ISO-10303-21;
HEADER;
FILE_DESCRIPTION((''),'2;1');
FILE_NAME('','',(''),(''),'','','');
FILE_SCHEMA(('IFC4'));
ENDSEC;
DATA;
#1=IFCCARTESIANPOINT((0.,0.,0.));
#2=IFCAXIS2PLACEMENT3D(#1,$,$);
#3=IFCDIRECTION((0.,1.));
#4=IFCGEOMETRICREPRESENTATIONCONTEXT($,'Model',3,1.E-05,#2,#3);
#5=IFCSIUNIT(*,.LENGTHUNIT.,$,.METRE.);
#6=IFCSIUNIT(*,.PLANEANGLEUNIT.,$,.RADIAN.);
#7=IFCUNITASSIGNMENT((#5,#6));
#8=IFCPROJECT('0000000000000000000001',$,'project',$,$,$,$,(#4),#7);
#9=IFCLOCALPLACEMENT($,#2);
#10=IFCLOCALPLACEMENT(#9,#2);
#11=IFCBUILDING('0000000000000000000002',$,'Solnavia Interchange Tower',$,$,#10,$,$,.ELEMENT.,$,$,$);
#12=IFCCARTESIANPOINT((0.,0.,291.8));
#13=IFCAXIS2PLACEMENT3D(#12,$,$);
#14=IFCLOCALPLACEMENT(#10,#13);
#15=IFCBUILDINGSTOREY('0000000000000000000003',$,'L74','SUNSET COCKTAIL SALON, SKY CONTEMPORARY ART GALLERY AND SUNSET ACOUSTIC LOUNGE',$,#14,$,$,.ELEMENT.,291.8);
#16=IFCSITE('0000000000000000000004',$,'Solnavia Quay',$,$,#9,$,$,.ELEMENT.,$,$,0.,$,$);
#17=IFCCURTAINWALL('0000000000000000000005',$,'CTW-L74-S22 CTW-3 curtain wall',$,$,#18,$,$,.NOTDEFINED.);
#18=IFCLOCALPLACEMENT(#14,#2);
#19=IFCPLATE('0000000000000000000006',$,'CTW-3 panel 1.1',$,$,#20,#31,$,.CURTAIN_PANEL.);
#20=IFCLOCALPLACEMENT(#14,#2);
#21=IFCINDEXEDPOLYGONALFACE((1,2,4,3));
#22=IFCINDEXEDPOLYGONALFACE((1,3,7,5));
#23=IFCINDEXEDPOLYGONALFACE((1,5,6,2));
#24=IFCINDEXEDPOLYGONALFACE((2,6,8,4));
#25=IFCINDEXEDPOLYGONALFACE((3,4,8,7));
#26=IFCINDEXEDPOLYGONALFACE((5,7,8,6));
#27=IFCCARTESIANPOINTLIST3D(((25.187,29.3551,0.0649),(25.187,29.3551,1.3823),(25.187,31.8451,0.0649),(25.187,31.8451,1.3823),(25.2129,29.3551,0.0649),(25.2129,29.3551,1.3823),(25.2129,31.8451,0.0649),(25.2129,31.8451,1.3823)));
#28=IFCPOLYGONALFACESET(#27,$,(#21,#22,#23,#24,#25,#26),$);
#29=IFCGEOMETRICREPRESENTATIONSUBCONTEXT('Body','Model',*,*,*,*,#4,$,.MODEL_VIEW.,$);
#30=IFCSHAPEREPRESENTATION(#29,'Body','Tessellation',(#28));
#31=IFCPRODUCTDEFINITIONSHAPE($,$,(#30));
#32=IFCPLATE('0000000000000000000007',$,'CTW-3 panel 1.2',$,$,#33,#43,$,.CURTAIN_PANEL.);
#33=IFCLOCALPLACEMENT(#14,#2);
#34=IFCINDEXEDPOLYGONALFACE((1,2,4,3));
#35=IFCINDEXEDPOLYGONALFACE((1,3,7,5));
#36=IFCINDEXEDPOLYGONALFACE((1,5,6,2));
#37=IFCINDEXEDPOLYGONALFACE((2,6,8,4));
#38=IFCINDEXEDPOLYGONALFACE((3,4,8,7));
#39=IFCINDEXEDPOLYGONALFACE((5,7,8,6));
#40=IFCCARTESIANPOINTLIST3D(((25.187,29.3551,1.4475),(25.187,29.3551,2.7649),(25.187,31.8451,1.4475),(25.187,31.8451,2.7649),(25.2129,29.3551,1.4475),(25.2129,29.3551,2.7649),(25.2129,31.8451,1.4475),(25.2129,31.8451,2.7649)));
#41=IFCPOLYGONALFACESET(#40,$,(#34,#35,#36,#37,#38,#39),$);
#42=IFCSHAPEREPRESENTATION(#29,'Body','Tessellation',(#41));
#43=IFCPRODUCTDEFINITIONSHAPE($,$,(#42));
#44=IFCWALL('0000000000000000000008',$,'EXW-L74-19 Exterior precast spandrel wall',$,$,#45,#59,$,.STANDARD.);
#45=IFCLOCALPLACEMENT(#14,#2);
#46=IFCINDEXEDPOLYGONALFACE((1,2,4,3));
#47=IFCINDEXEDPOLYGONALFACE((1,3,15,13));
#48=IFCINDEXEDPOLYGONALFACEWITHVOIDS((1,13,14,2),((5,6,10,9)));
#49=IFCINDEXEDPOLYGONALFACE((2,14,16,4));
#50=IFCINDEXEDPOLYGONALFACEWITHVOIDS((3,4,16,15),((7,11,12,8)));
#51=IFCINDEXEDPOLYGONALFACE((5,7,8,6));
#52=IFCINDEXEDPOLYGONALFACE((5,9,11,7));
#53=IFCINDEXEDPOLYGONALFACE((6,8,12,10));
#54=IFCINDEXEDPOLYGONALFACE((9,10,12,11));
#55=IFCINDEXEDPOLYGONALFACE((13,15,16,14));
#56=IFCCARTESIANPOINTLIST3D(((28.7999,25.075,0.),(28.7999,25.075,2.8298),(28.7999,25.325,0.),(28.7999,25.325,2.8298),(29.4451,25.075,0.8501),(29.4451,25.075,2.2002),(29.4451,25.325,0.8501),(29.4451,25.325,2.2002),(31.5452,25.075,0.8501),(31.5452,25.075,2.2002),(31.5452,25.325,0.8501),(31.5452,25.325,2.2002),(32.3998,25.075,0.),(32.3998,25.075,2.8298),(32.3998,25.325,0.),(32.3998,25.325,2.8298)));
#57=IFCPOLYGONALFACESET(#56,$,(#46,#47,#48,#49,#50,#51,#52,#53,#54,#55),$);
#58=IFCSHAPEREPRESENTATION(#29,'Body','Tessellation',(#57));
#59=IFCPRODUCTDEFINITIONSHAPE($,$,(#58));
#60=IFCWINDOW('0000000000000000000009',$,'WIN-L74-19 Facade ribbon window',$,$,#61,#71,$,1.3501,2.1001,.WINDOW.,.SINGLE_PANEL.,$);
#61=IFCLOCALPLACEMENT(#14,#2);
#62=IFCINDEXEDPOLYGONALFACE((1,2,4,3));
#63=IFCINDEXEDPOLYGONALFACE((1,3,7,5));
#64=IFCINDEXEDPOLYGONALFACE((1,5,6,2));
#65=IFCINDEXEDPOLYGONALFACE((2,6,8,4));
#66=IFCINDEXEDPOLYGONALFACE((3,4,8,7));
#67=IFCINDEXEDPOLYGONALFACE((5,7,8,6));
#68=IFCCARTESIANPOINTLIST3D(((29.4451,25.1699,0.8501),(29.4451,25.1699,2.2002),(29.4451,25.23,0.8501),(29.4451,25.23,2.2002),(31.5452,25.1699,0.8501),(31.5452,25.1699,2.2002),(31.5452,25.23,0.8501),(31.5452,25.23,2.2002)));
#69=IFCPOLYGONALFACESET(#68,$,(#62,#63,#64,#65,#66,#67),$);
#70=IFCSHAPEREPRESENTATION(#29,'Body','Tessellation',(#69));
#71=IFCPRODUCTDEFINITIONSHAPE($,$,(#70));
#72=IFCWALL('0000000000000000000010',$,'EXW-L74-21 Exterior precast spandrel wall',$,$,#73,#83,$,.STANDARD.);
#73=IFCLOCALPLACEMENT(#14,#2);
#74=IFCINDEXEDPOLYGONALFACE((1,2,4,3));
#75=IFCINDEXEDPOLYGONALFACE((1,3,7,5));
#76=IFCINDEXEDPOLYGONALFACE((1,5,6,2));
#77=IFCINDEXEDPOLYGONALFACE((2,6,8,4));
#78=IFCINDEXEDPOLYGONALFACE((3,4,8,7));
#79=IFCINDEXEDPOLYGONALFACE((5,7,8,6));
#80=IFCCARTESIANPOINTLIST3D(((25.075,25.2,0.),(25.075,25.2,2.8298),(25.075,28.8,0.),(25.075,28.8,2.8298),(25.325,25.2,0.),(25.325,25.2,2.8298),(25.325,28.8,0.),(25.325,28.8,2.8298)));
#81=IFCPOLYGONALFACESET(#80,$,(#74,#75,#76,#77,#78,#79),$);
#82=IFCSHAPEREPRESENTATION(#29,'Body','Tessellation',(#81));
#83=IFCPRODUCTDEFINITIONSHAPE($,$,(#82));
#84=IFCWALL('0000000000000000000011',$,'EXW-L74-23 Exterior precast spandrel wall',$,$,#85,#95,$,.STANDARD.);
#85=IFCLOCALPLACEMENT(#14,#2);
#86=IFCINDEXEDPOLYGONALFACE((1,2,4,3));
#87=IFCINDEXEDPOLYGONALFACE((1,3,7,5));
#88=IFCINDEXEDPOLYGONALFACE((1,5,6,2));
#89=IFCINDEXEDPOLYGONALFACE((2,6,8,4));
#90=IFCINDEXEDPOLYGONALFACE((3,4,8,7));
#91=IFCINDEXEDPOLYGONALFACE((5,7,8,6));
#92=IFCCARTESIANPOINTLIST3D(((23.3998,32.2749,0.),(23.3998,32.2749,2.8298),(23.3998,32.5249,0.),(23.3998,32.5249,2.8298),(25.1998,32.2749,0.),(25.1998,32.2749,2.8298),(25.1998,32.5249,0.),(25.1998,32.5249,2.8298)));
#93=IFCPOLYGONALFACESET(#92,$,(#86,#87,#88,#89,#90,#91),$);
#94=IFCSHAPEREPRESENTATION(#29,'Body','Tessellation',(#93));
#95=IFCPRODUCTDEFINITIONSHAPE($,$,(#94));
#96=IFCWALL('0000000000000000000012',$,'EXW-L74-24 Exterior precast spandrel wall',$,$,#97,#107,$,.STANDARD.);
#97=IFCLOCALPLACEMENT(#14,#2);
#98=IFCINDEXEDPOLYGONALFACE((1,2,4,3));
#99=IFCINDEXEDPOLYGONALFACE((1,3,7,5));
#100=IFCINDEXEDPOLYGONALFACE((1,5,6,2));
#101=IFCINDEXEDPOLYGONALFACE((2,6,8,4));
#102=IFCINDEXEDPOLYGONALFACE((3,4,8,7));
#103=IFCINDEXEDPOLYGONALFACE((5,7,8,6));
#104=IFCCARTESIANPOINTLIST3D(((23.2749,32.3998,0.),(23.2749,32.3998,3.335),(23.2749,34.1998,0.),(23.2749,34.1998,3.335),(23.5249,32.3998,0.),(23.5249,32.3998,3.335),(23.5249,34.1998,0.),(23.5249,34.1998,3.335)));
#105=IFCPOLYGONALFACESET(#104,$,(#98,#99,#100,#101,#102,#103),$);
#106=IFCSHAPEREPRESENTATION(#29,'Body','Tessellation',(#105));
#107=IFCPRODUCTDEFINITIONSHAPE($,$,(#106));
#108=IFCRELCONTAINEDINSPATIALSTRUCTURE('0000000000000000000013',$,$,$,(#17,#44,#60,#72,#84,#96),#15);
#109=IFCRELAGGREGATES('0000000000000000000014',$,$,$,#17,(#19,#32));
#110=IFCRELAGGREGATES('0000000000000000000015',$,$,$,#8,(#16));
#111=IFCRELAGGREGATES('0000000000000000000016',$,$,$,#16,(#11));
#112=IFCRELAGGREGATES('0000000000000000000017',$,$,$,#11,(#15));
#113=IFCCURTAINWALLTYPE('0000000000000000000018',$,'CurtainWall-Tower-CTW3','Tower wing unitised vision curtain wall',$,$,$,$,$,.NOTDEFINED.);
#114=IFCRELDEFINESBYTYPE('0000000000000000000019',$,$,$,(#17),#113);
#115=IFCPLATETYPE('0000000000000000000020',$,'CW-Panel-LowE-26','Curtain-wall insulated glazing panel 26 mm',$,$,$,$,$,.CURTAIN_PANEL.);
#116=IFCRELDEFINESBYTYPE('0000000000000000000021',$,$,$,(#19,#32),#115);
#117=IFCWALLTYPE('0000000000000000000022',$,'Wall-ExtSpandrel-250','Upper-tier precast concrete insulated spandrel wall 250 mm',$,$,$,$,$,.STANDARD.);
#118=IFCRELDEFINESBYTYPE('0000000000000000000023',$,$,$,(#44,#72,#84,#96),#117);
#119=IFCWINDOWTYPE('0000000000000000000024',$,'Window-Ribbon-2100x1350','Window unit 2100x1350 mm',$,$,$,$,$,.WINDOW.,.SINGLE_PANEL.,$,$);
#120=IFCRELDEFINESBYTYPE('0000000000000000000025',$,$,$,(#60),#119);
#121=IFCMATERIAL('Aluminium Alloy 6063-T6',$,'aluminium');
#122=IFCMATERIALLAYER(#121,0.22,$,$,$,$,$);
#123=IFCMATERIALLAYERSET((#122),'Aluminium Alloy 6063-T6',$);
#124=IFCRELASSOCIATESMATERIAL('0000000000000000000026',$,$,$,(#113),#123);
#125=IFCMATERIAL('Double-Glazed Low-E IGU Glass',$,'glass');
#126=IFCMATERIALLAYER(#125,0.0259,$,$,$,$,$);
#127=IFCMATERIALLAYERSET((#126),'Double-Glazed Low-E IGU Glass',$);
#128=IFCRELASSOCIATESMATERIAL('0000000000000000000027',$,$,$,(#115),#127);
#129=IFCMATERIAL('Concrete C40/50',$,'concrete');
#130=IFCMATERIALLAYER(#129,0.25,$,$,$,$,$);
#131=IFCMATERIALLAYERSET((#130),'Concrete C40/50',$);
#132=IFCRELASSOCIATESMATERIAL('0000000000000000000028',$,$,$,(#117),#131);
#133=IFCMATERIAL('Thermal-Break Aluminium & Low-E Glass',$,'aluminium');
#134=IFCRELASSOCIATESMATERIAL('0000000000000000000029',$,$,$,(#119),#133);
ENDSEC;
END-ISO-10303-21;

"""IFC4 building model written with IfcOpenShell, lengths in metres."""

from ifc_helpers import new_model, si_unit, direction, frame, frame_2d, origin, origin_2d, place, context, subcontext, project, spatial, rectangle, extrude, material, layer, layer_set, type_object, element, fill, aggregate, save


model = new_model("IFC4")

# Units and contexts
model_context = context("Model", 3, precision=1e-05, world=origin(), true_north=direction((0.0, 1.0)))
body_context = subcontext(model_context, "Body", "Model", "MODEL_VIEW")
ifc_project = project(units=[si_unit("LENGTHUNIT", "METRE"), si_unit("PLANEANGLEUNIT", "RADIAN")], contexts=[model_context])

# Site, building, storey
site_placement = place(None, origin())
site = spatial("IfcSite", under=ifc_project, at=site_placement, Name="Solnavia Quay", CompositionType="ELEMENT", RefElevation=0.0)
building_placement = place(site_placement, origin())
building = spatial("IfcBuilding", under=site, at=building_placement, Name="Solnavia Interchange Tower", CompositionType="ELEMENT")
storey_placement = place(building_placement, frame((0.0, 0.0, 291.8)))
storey = spatial("IfcBuildingStorey", under=building, at=storey_placement, Name="L74", Description="SUNSET COCKTAIL SALON, SKY CONTEMPORARY ART GALLERY AND SUNSET ACOUSTIC LOUNGE", CompositionType="ELEMENT", Elevation=291.8)

# Shared definitions
ifc_material_1 = material(Name="Aluminium Alloy 6063-T6", Category="aluminium")
ifc_layer_1 = layer(ifc_material_1, 0.22)
ifc_layer_set_1 = layer_set([ifc_layer_1], Name="Aluminium Alloy 6063-T6")
curtain_wall_type = type_object("IfcCurtainWallType", Name="CurtainWall-Tower-CTW3", Description="Tower wing unitised vision curtain wall", PredefinedType="NOTDEFINED", material=ifc_layer_set_1)

# Curtain wall
curtain_wall_1_placement = place(storey_placement, origin())
curtain_wall_1 = element("IfcCurtainWall", 1, at=curtain_wall_1_placement, inside=storey, type_object=curtain_wall_type, Name="CTW-L74-S22 CTW-3 curtain wall", PredefinedType="NOTDEFINED")

# Plates
ifc_material_2 = material(Name="Double-Glazed Low-E IGU Glass", Category="glass")
ifc_layer_2 = layer(ifc_material_2, 0.0259)
ifc_layer_set_2 = layer_set([ifc_layer_2], Name="Double-Glazed Low-E IGU Glass")
plate_type = type_object("IfcPlateType", Name="CW-Panel-LowE-26", Description="Curtain-wall insulated glazing panel 26 mm", PredefinedType="CURTAIN_PANEL", material=ifc_layer_set_2)
plate_1_placement = place(storey_placement, frame((25.2, 30.6001, 0.0649), z_axis=(0.0, 0.0, 1.0), x_axis=(0.0, 1.0, 0.0)))
plate_1 = element("IfcPlate", 2, at=plate_1_placement, type_object=plate_type, Name="CTW-3 panel 1.1", PredefinedType="CURTAIN_PANEL", context=body_context, shape_type="SweptSolid", body=[
    extrude(rectangle(XDim=2.49, YDim=0.0259, at=origin_2d()), origin(), (0.0, 0.0, 1.0), 1.3174),
])
plate_2_placement = place(storey_placement, frame((25.2, 30.6001, 1.4475), z_axis=(0.0, 0.0, 1.0), x_axis=(0.0, 1.0, 0.0)))
plate_2 = element("IfcPlate", 3, at=plate_2_placement, type_object=plate_type, Name="CTW-3 panel 1.2", PredefinedType="CURTAIN_PANEL", context=body_context, shape_type="SweptSolid", body=[
    extrude(rectangle(XDim=2.49, YDim=0.0259, at=origin_2d()), origin(), (0.0, 0.0, 1.0), 1.3174),
])
aggregate(curtain_wall_1, [plate_1, plate_2])

# Wall, opening, window
ifc_material_3 = material(Name="Concrete C40/50", Category="concrete")
ifc_layer_3 = layer(ifc_material_3, 0.25)
ifc_layer_set_3 = layer_set([ifc_layer_3], Name="Concrete C40/50")
wall_type = type_object("IfcWallType", Name="Wall-ExtSpandrel-250", Description="Upper-tier precast concrete insulated spandrel wall 250 mm", PredefinedType="STANDARD", material=ifc_layer_set_3)
wall_1_placement = place(storey_placement, frame((28.8, 25.2, 0.0), z_axis=(0.0, 0.0, 1.0), x_axis=(1.0, 0.0, 0.0)))
wall_1 = element("IfcWall", 4, at=wall_1_placement, inside=storey, type_object=wall_type, Name="EXW-L74-19 Exterior precast spandrel wall", PredefinedType="STANDARD", context=body_context, shape_type="SweptSolid", body=[
    extrude(rectangle(XDim=3.5999, YDim=0.25, at=frame_2d((1.7998, 0.0))), origin(), (0.0, 0.0, 1.0), 2.8298),
])
opening_placement = place(wall_1_placement, frame((0.645, 0.0, 0.8501)))
opening = element("IfcOpeningElement", 5, at=opening_placement, cuts=wall_1, PredefinedType="OPENING", context=body_context, shape_type="SweptSolid", body=[
    extrude(rectangle(XDim=2.1001, YDim=1.3501, at=frame_2d((1.05, 0.675))), frame((0.0, 0.135, 0.0), z_axis=(0.0, -1.0, 0.0), x_axis=(1.0, 0.0, 0.0)), (0.0, 0.0, 1.0), 0.27),
])
ifc_material_4 = material(Name="Thermal-Break Aluminium & Low-E Glass", Category="aluminium")
window_type = type_object("IfcWindowType", Name="Window-Ribbon-2100x1350", Description="Window unit 2100x1350 mm", PartitioningType="SINGLE_PANEL", PredefinedType="WINDOW", material=ifc_material_4)
window_placement = place(opening_placement, origin())
window = element("IfcWindow", 6, at=window_placement, inside=storey, type_object=window_type, Name="WIN-L74-19 Facade ribbon window", OverallHeight=1.3501, OverallWidth=2.1001, PartitioningType="SINGLE_PANEL", PredefinedType="WINDOW", context=body_context, shape_type="SweptSolid", body=[
    extrude(rectangle(XDim=2.1001, YDim=1.3501, at=frame_2d((1.05, 0.675))), frame((0.0, 0.03, 0.0), z_axis=(0.0, -1.0, 0.0), x_axis=(1.0, 0.0, 0.0)), (0.0, 0.0, 1.0), 0.0601),
])
fill(opening, window)

# Walls
wall_2_placement = place(storey_placement, frame((25.2, 28.8, 0.0), z_axis=(0.0, 0.0, 1.0), x_axis=(0.0, -1.0, 0.0)))
element("IfcWall", 7, at=wall_2_placement, inside=storey, type_object=wall_type, Name="EXW-L74-21 Exterior precast spandrel wall", PredefinedType="STANDARD", context=body_context, shape_type="SweptSolid", body=[
    extrude(rectangle(XDim=3.6001, YDim=0.25, at=frame_2d((1.8, 0.0))), origin(), (0.0, 0.0, 1.0), 2.8298),
])
wall_3_placement = place(storey_placement, frame((23.3999, 32.3999, 0.0), z_axis=(0.0, 0.0, 1.0), x_axis=(1.0, 0.0, 0.0)))
element("IfcWall", 8, at=wall_3_placement, inside=storey, type_object=wall_type, Name="EXW-L74-23 Exterior precast spandrel wall", PredefinedType="STANDARD", context=body_context, shape_type="SweptSolid", body=[
    extrude(rectangle(XDim=1.8, YDim=0.25, at=frame_2d((0.8999, 0.0))), origin(), (0.0, 0.0, 1.0), 2.8298),
])
wall_4_placement = place(storey_placement, frame((23.3999, 32.3999, 0.0), z_axis=(0.0, 0.0, 1.0), x_axis=(0.0, 1.0, 0.0)))
element("IfcWall", 9, at=wall_4_placement, inside=storey, type_object=wall_type, Name="EXW-L74-24 Exterior precast spandrel wall", PredefinedType="STANDARD", context=body_context, shape_type="SweptSolid", body=[
    extrude(rectangle(XDim=1.8, YDim=0.25, at=frame_2d((0.8999, 0.0))), origin(), (0.0, 0.0, 1.0), 3.335),
])

save(model, "model.ifc")
